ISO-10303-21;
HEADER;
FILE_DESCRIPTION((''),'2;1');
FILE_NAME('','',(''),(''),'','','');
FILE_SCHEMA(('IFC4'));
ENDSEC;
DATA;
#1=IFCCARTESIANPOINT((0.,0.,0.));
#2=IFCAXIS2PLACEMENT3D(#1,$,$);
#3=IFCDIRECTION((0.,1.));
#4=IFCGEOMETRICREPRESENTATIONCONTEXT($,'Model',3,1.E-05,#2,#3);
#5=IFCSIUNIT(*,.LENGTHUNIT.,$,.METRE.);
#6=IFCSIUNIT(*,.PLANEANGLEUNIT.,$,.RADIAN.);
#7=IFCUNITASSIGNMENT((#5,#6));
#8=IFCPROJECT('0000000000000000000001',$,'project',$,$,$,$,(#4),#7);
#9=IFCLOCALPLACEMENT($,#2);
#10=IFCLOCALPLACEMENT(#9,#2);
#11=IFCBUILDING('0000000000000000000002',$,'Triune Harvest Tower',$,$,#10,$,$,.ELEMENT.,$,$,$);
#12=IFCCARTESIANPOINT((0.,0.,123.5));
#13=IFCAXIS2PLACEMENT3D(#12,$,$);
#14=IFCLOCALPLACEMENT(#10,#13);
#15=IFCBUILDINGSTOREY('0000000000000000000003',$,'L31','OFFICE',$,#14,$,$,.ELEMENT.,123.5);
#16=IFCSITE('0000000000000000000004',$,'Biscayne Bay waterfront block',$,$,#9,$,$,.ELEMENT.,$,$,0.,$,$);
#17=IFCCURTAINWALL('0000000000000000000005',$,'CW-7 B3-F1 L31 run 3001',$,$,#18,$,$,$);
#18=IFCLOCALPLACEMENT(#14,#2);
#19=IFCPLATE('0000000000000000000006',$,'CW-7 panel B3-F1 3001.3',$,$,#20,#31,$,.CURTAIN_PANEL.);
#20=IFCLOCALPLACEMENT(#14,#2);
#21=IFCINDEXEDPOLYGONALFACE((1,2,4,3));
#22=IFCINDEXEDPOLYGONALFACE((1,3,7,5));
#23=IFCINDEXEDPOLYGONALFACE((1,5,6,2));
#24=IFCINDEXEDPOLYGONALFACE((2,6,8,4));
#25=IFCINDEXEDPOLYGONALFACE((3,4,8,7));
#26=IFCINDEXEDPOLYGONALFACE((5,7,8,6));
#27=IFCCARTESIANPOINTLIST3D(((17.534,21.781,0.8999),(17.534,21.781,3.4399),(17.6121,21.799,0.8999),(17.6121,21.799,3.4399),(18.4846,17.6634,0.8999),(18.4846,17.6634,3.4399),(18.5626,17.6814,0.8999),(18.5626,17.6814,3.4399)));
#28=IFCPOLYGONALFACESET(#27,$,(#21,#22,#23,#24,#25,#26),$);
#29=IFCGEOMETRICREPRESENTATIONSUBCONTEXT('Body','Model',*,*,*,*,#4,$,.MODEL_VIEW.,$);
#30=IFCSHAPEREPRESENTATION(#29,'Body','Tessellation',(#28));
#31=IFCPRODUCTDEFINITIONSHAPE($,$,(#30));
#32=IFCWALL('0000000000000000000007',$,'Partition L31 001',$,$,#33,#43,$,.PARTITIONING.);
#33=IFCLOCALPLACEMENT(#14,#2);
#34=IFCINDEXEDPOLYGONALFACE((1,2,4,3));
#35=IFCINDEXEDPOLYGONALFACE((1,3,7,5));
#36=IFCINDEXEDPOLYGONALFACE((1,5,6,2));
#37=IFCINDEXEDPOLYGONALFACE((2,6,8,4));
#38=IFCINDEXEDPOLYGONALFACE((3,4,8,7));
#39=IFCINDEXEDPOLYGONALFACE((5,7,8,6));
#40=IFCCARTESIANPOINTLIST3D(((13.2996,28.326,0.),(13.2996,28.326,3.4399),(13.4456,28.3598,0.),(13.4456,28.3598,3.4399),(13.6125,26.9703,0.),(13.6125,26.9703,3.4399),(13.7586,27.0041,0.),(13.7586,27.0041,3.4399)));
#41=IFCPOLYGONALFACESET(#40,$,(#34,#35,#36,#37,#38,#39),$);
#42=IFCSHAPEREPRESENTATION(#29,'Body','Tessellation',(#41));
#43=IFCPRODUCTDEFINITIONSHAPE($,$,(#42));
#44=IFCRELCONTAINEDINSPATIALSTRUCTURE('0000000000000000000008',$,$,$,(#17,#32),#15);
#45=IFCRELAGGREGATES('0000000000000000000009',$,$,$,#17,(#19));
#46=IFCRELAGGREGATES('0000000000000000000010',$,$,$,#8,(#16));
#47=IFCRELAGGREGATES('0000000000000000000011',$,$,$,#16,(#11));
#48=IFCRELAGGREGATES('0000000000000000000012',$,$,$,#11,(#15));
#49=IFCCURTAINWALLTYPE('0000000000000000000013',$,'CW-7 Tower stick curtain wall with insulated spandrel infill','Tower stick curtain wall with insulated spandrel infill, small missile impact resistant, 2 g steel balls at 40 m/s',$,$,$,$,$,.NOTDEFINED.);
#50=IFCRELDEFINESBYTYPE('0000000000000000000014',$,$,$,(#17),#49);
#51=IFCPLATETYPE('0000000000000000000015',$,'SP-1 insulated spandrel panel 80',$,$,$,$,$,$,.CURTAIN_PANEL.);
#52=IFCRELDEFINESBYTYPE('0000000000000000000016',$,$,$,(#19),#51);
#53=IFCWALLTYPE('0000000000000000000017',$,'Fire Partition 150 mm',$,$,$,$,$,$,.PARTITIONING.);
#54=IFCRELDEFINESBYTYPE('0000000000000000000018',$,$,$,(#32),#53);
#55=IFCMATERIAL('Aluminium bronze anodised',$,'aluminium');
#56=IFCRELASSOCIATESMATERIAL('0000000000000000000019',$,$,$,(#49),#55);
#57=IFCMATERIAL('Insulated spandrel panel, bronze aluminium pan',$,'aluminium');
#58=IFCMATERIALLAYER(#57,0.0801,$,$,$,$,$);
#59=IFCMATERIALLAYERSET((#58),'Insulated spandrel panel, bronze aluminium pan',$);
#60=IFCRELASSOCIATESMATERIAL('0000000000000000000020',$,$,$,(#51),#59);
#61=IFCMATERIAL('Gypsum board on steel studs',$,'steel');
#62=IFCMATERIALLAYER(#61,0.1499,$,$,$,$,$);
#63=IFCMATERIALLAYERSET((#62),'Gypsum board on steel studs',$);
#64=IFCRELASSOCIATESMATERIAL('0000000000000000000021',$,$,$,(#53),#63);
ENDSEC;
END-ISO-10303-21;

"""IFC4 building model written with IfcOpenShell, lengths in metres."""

from ifc_helpers import new_model, si_unit, direction, frame, frame_2d, origin, origin_2d, place, context, subcontext, project, spatial, rectangle, extrude, source, transform, mapped, material, layer, layer_set, type_object, element, aggregate, save


model = new_model("IFC4")

# Units and contexts
model_context = context("Model", 3, precision=1e-05, world=origin(), true_north=direction((0.0, 1.0)))
body_context = subcontext(model_context, "Body", "Model", "MODEL_VIEW")
ifc_project = project(units=[si_unit("LENGTHUNIT", "METRE"), si_unit("PLANEANGLEUNIT", "RADIAN")], contexts=[model_context])

# Site, building, storey
site_placement = place(None, origin())
site = spatial("IfcSite", under=ifc_project, at=site_placement, Name="Biscayne Bay waterfront block", CompositionType="ELEMENT", RefElevation=0.0)
building_placement = place(site_placement, origin())
building = spatial("IfcBuilding", under=site, at=building_placement, Name="Triune Harvest Tower", CompositionType="ELEMENT")
storey_placement = place(building_placement, frame((0.0, 0.0, 123.5)))
storey = spatial("IfcBuildingStorey", under=building, at=storey_placement, Name="L31", Description="OFFICE", CompositionType="ELEMENT", Elevation=123.5)

# Curtain wall
ifc_material_1 = material(Name="Aluminium bronze anodised", Category="aluminium")
curtain_wall_type_1 = type_object("IfcCurtainWallType", Name="CW-7 Tower stick curtain wall with insulated spandrel infill", Description="Tower stick curtain wall with insulated spandrel infill, small missile impact resistant, 2 g steel balls at 40 m/s", PredefinedType="NOTDEFINED", material=ifc_material_1)
curtain_wall_1_placement = place(storey_placement, origin())
curtain_wall_1 = element("IfcCurtainWall", 1, at=curtain_wall_1_placement, inside=storey, type_object=curtain_wall_type_1, Name="CW-7 B3-F1 L31 run 3001")

# Plate
ifc_material_2 = material(Name="Insulated spandrel panel, bronze aluminium pan", Category="aluminium")
ifc_layer_1 = layer(ifc_material_2, 0.0801)
ifc_layer_set_1 = layer_set([ifc_layer_1], Name="Insulated spandrel panel, bronze aluminium pan")
plate_type_1 = type_object("IfcPlateType", Name="SP-1 insulated spandrel panel 80", PredefinedType="CURTAIN_PANEL", material=ifc_layer_set_1)
shared_shape_1 = source(origin(), body_context, "Body", "SweptSolid", [
    extrude(rectangle(XDim=4.2258, YDim=0.0801, at=origin_2d()), origin(), (0.0, 0.0, 1.0), 2.54),
])
plate_1_placement = place(storey_placement, frame((18.0483, 19.7312, 0.8999), z_axis=(0.0, 0.0, 1.0), x_axis=(-0.224947, 0.974371, 0.0)))
plate_1 = element("IfcPlate", 2, at=plate_1_placement, type_object=plate_type_1, Name="CW-7 panel B3-F1 3001.3", PredefinedType="CURTAIN_PANEL", context=body_context, shape_type="MappedRepresentation", body=[
    mapped(shared_shape_1, transform((0.0, 0.0, 0.0), scale=1.0)),
])
aggregate(curtain_wall_1, [plate_1])

# Wall
ifc_material_3 = material(Name="Gypsum board on steel studs", Category="steel")
ifc_layer_2 = layer(ifc_material_3, 0.1499)
ifc_layer_set_2 = layer_set([ifc_layer_2], Name="Gypsum board on steel studs")
wall_type = type_object("IfcWallType", Name="Fire Partition 150 mm", PredefinedType="PARTITIONING", material=ifc_layer_set_2)
wall_placement = place(storey_placement, frame((13.3726, 28.343, 0.0), z_axis=(0.0, 0.0, 1.0), x_axis=(0.224949, -0.97437, 0.0)))
element("IfcWall", 3, at=wall_placement, inside=storey, type_object=wall_type, Name="Partition L31 001", PredefinedType="PARTITIONING", context=body_context, shape_type="SweptSolid", body=[
    extrude(rectangle(XDim=1.3914, YDim=0.1499, at=frame_2d((0.6958, 0.0))), origin(), (0.0, 0.0, 1.0), 3.4399),
])

save(model, "model.ifc")
